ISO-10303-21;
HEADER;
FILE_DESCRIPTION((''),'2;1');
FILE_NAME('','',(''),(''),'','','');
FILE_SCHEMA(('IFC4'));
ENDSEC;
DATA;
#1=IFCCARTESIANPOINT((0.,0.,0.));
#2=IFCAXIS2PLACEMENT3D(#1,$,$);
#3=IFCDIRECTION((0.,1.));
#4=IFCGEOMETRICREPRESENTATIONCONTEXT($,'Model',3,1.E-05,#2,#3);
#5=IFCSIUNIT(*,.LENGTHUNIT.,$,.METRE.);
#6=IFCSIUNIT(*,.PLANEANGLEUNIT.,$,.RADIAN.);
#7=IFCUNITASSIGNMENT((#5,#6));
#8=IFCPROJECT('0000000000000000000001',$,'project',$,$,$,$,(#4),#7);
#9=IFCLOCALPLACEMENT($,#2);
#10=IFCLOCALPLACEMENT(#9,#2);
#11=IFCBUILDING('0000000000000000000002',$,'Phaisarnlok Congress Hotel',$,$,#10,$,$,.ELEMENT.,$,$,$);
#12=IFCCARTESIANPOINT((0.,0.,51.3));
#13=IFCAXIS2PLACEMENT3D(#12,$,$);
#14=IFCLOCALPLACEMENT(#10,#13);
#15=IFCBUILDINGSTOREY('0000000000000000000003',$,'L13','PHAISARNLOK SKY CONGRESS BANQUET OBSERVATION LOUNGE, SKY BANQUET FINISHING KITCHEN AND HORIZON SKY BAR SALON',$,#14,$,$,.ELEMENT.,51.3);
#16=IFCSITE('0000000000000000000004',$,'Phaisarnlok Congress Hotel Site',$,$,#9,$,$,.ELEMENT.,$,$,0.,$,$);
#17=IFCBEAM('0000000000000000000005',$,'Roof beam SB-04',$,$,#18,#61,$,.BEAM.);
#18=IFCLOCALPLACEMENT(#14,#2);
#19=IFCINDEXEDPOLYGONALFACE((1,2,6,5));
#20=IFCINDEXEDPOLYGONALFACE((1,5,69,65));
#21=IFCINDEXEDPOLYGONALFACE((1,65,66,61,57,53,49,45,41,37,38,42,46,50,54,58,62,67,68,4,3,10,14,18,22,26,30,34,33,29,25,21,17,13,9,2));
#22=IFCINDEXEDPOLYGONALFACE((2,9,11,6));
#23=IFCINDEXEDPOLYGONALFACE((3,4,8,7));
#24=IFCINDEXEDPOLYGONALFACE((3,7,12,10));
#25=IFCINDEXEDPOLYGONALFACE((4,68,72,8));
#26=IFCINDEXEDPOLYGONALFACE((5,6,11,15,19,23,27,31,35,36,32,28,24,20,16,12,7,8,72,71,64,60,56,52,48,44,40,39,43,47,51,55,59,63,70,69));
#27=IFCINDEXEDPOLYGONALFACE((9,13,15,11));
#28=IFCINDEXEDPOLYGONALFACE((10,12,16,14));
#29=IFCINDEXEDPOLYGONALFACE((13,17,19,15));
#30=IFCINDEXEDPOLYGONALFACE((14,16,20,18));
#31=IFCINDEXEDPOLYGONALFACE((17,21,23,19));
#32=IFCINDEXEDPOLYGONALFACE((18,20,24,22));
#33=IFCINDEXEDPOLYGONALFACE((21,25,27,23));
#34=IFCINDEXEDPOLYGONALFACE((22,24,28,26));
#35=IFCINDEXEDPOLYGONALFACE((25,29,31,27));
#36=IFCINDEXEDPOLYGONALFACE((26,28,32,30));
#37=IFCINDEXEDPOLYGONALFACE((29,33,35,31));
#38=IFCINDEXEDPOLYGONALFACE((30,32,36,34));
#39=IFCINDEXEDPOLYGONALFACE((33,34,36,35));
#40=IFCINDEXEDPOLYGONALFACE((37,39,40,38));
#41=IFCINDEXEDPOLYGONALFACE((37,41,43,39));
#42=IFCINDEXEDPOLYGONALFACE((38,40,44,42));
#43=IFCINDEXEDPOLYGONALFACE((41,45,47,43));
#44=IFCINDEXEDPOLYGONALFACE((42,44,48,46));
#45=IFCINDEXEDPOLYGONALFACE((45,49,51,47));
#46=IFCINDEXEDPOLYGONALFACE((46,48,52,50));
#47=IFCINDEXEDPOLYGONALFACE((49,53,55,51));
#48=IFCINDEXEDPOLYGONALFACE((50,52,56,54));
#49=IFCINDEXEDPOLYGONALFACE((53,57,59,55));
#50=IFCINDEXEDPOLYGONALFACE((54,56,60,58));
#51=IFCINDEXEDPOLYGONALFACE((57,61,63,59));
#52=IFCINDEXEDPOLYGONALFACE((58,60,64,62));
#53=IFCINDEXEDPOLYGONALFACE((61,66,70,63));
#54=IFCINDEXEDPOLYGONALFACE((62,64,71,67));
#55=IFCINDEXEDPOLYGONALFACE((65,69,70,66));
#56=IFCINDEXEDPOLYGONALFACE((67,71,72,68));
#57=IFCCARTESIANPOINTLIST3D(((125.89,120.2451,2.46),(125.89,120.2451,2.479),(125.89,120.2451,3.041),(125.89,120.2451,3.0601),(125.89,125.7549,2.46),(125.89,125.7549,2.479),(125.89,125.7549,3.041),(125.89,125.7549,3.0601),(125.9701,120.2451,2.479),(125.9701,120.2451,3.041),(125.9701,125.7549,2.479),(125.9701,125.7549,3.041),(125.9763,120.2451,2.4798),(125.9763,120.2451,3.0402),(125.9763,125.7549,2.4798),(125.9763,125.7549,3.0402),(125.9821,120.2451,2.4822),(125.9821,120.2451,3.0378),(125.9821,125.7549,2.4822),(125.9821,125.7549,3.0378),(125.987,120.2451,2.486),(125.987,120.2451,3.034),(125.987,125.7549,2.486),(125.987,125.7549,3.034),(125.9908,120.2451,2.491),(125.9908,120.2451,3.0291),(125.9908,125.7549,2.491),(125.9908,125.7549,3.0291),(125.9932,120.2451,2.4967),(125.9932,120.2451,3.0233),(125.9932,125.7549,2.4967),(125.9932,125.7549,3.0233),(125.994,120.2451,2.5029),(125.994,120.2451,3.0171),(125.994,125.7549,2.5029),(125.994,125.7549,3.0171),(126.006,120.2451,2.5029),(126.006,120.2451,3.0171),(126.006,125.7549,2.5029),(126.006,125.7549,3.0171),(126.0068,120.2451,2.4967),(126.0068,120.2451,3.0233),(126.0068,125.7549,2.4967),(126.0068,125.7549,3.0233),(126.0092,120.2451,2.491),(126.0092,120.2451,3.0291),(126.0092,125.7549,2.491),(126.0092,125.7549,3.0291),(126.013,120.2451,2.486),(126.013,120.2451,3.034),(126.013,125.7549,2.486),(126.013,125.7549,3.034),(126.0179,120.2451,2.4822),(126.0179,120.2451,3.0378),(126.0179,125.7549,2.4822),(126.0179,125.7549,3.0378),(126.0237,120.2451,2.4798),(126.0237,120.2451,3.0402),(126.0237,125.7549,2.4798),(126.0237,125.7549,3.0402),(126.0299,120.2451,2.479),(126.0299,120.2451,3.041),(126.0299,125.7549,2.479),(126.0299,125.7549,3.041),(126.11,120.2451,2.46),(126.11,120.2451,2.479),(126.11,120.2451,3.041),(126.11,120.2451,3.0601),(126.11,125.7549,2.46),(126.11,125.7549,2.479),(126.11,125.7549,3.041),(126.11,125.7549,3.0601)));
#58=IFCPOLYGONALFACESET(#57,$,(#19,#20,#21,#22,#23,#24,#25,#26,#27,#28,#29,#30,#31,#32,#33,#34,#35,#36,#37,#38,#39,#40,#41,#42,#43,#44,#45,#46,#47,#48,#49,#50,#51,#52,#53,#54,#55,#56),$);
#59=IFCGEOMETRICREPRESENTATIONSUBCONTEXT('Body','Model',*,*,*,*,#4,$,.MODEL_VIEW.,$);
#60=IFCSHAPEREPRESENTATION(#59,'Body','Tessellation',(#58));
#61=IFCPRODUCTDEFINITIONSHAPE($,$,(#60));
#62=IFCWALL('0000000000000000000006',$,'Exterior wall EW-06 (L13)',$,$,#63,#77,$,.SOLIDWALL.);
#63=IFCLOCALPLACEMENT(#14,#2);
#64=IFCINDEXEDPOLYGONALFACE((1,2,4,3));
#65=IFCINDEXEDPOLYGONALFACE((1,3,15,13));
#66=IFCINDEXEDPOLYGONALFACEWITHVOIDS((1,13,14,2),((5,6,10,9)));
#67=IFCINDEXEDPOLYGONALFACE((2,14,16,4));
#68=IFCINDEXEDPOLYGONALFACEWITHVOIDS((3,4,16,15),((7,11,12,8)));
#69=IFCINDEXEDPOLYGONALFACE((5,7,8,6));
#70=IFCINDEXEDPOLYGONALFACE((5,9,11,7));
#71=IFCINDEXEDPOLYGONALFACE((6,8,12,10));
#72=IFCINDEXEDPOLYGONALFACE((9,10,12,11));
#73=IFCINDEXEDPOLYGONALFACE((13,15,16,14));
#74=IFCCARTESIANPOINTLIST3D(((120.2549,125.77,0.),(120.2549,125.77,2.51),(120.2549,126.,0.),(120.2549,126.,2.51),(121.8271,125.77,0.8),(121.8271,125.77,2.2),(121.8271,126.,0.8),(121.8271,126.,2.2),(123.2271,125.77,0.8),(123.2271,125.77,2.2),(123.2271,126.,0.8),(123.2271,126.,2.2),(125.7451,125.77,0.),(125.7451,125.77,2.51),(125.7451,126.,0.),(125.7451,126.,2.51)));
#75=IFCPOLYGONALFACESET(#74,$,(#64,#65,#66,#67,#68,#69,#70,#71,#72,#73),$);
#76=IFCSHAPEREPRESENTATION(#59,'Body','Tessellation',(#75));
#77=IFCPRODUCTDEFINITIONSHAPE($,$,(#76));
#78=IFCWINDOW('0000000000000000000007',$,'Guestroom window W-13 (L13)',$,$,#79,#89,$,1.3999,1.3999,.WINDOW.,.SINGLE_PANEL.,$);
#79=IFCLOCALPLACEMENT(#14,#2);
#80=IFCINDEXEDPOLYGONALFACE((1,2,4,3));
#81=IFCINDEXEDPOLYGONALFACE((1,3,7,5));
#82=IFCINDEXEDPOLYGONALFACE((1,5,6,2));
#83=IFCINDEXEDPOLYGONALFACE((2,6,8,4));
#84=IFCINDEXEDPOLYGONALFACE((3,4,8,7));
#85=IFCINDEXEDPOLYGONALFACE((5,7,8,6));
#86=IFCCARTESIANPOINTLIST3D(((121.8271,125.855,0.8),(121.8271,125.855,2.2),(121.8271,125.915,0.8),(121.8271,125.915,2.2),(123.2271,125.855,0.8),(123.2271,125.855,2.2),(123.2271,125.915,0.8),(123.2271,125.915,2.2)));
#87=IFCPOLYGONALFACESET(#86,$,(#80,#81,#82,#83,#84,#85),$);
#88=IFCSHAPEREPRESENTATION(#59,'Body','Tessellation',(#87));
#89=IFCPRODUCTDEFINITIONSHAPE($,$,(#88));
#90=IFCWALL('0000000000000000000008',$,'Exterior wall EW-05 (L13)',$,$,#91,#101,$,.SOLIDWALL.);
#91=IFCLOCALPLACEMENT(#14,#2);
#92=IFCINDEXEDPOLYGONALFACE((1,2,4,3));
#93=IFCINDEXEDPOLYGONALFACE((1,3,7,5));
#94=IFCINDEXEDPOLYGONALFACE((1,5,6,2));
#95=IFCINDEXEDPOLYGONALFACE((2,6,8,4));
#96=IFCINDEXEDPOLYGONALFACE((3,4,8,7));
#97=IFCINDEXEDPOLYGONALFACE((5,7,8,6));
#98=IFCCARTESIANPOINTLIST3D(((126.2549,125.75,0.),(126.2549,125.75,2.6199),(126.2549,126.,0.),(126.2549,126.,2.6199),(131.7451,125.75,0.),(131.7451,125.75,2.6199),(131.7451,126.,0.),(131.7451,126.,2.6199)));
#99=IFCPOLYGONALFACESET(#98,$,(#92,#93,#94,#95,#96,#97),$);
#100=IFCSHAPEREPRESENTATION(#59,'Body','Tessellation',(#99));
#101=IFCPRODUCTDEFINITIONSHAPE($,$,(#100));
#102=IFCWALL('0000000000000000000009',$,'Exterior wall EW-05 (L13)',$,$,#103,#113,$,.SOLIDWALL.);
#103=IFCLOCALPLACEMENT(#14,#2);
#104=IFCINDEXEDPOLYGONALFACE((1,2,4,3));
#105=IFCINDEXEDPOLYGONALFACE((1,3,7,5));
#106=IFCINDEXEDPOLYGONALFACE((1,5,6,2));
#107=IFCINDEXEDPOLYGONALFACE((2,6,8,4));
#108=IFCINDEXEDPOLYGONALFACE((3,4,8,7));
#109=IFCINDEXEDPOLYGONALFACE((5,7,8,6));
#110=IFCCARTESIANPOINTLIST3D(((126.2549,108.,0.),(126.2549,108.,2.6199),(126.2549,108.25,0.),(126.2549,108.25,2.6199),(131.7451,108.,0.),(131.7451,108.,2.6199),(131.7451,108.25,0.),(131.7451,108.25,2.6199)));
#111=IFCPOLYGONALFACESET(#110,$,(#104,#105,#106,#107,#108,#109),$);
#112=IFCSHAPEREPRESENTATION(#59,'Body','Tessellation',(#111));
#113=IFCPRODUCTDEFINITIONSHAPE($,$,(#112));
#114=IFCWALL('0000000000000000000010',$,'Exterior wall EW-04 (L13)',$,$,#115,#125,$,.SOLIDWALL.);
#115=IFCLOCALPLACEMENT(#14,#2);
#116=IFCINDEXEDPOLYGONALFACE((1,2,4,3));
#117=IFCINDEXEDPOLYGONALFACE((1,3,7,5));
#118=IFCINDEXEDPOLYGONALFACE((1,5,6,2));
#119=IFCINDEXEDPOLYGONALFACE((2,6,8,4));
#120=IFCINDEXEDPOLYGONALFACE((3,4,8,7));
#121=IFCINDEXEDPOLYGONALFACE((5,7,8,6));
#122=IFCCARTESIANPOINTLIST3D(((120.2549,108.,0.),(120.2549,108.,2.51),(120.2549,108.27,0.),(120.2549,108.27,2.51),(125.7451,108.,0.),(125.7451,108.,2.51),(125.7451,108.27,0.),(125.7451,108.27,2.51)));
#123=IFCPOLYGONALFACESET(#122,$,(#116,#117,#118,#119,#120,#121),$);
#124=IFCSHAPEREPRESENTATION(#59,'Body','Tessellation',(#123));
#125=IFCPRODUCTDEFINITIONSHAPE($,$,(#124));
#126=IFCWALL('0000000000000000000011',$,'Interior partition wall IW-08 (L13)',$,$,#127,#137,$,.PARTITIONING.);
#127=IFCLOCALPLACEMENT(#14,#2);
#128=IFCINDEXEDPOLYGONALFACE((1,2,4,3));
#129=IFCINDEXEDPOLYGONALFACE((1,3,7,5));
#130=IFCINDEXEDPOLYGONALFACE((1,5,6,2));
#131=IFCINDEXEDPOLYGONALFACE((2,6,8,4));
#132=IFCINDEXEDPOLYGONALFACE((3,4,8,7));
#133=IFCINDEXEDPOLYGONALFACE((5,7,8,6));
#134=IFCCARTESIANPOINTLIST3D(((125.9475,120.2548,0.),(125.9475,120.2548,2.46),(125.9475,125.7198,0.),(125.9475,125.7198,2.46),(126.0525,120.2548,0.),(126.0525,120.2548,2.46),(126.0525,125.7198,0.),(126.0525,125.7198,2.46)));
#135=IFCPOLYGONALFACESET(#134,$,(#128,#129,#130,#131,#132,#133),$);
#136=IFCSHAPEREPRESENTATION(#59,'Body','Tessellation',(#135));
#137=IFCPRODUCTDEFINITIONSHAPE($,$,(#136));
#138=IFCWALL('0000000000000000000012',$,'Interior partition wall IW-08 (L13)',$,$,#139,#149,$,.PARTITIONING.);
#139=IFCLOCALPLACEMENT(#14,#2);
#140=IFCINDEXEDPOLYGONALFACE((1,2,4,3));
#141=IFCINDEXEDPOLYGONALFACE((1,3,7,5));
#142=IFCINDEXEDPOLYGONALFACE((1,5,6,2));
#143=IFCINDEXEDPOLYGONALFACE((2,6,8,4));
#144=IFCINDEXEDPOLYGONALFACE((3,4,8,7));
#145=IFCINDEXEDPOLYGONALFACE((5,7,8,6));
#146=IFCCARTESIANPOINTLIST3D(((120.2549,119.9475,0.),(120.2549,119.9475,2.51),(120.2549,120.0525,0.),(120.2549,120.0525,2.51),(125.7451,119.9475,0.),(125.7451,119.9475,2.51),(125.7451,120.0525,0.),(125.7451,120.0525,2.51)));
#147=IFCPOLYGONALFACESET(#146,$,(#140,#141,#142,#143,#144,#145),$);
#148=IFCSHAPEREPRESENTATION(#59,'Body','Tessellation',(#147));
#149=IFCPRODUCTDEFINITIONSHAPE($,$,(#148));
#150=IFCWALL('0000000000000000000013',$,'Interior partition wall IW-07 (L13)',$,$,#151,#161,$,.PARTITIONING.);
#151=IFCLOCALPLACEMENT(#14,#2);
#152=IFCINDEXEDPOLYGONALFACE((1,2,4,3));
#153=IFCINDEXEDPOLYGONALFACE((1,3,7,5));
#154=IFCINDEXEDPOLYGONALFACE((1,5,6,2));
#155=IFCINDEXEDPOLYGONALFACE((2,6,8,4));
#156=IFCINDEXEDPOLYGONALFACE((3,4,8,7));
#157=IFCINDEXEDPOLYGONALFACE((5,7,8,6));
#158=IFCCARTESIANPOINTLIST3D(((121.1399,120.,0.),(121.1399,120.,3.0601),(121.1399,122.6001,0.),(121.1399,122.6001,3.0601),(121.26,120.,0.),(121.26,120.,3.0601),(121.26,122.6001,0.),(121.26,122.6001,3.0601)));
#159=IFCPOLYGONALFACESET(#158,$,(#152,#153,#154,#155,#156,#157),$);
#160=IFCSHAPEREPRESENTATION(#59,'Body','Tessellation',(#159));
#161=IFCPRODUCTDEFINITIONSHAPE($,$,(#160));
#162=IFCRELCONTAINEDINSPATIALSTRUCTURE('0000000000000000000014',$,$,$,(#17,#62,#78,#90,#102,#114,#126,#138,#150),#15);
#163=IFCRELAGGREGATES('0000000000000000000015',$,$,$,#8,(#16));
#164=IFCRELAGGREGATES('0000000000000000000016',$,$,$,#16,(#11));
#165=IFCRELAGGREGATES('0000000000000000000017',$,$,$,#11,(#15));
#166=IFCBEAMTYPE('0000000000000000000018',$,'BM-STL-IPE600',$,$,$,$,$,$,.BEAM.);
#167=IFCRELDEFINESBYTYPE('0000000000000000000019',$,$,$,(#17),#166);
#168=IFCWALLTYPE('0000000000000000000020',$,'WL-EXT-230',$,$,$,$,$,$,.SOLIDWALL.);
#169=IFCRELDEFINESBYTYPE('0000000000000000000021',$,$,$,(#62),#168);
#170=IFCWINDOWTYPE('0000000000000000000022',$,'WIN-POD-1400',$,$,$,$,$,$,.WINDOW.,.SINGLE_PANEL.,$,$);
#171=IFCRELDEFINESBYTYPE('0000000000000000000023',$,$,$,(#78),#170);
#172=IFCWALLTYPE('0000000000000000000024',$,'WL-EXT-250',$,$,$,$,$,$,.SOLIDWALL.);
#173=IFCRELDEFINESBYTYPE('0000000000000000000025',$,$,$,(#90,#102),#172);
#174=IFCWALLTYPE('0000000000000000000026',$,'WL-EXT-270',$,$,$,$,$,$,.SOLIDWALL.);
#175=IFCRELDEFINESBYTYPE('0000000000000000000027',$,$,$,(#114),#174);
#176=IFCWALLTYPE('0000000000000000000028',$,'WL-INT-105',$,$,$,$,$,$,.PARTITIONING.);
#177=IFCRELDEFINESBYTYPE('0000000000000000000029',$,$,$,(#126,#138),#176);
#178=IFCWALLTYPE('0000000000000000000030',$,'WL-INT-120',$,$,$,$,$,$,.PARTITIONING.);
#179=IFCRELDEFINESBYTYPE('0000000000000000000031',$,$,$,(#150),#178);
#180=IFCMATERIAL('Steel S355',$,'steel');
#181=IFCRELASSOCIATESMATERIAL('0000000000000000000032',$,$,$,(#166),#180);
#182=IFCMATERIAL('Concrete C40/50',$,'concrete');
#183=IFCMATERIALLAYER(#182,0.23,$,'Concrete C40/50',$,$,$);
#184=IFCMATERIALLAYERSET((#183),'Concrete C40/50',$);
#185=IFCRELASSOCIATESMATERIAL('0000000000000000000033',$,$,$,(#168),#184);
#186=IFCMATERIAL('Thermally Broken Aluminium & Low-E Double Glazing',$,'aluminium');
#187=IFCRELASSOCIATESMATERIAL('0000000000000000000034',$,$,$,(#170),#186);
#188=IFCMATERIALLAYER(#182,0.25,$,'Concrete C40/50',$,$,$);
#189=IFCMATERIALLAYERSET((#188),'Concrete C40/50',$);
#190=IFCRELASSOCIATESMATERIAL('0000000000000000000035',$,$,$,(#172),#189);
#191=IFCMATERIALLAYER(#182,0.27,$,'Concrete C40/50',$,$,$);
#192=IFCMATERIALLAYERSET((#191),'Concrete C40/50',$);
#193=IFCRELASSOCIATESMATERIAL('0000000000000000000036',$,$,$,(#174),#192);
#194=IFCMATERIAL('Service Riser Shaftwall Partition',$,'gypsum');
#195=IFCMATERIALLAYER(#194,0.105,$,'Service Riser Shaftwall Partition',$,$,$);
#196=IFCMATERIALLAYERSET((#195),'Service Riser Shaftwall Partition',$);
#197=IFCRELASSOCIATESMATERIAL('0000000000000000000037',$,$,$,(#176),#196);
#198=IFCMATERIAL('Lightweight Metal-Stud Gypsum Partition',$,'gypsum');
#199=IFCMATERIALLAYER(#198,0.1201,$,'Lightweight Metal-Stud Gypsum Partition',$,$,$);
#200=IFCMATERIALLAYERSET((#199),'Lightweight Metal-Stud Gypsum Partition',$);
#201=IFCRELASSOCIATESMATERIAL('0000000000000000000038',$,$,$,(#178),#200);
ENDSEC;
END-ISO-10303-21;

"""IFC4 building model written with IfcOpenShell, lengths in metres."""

from ifc_helpers import new_model, si_unit, direction, frame, frame_2d, origin, origin_2d, place, context, subcontext, project, spatial, rectangle, i_section, extrude, material, layer, layer_set, material_profile, profile_set, type_object, element, fill, save


model = new_model("IFC4")

# Units and contexts
model_context = context("Model", 3, precision=1e-05, world=origin(), true_north=direction((0.0, 1.0)))
body_context = subcontext(model_context, "Body", "Model", "MODEL_VIEW")
ifc_project = project(units=[si_unit("LENGTHUNIT", "METRE"), si_unit("PLANEANGLEUNIT", "RADIAN")], contexts=[model_context])

# Site, building, storey
site_placement = place(None, origin())
site = spatial("IfcSite", under=ifc_project, at=site_placement, Name="Phaisarnlok Congress Hotel Site", CompositionType="ELEMENT", RefElevation=0.0)
building_placement = place(site_placement, origin())
building = spatial("IfcBuilding", under=site, at=building_placement, Name="Phaisarnlok Congress Hotel", CompositionType="ELEMENT")
storey_placement = place(building_placement, frame((0.0, 0.0, 51.3)))
storey = spatial("IfcBuildingStorey", under=building, at=storey_placement, Name="L13", Description="PHAISARNLOK SKY CONGRESS BANQUET OBSERVATION LOUNGE, SKY BANQUET FINISHING KITCHEN AND HORIZON SKY BAR SALON", CompositionType="ELEMENT", Elevation=51.3)

# Beam
ifc_material_1 = material(Name="Steel S355", Category="steel")
ifc_material_profile_1 = material_profile(ifc_material_1, i_section(OverallWidth=0.22, OverallDepth=0.6001, WebThickness=0.012, FlangeThickness=0.019, FilletRadius=0.0239, at=origin_2d()), Name="IPE 600")
ifc_profile_set_1 = profile_set([ifc_material_profile_1], Name="Steel S355")
beam_type_1 = type_object("IfcBeamType", Name="BM-STL-IPE600", PredefinedType="BEAM", material=ifc_profile_set_1)
for number, where, z_axis, x_axis, name in (
    (1, (126.0, 120.2451, 2.76), (0.0, 1.0, 0.0), (-1.0, 0.0, 0.0), "Roof beam SB-04"),
):
    element("IfcBeam", number, at=place(storey_placement, frame(where, z_axis=z_axis, x_axis=x_axis)), inside=storey, type_object=beam_type_1, Name=name, PredefinedType="BEAM", context=body_context, shape_type="SweptSolid", body=[
        extrude(i_section(OverallWidth=0.22, OverallDepth=0.6001, WebThickness=0.012, FlangeThickness=0.019, FilletRadius=0.0239, at=origin_2d()), origin(), (0.0, 0.0, 1.0), 5.5098),
    ])

# Wall, opening, window
ifc_material_2 = material(Name="Concrete C40/50", Category="concrete")
ifc_layer_1 = layer(ifc_material_2, 0.23, Name="Concrete C40/50")
ifc_layer_set_1 = layer_set([ifc_layer_1], Name="Concrete C40/50")
wall_type_1 = type_object("IfcWallType", Name="WL-EXT-230", PredefinedType="SOLIDWALL", material=ifc_layer_set_1)
wall_1_placement = place(storey_placement, frame((125.7451, 125.885, 0.0), z_axis=(0.0, 0.0, 1.0), x_axis=(-1.0, 0.0, 0.0)))
wall_1 = element("IfcWall", 2, at=wall_1_placement, inside=storey, type_object=wall_type_1, Name="Exterior wall EW-06 (L13)", PredefinedType="SOLIDWALL", context=body_context, shape_type="SweptSolid", body=[
    extrude(rectangle(XDim=5.4902, YDim=0.23, at=frame_2d((2.7451, 0.0))), origin(), (0.0, 0.0, 1.0), 2.51),
])
opening_1_placement = place(wall_1_placement, frame((2.5181, 0.0, 0.8)))
opening_1 = element("IfcOpeningElement", 3, at=opening_1_placement, cuts=wall_1, PredefinedType="OPENING", context=body_context, shape_type="SweptSolid", body=[
    extrude(rectangle(XDim=1.3999, YDim=1.3999, at=frame_2d((0.7, 0.7))), frame((0.0, 0.125, 0.0), z_axis=(0.0, -1.0, 0.0), x_axis=(1.0, 0.0, 0.0)), (0.0, 0.0, 1.0), 0.25),
])
ifc_material_3 = material(Name="Thermally Broken Aluminium & Low-E Double Glazing", Category="aluminium")
window_type = type_object("IfcWindowType", Name="WIN-POD-1400", PartitioningType="SINGLE_PANEL", PredefinedType="WINDOW", material=ifc_material_3)
window_placement = place(opening_1_placement, origin())
window = element("IfcWindow", 4, at=window_placement, inside=storey, type_object=window_type, Name="Guestroom window W-13 (L13)", OverallHeight=1.3999, OverallWidth=1.3999, PartitioningType="SINGLE_PANEL", PredefinedType="WINDOW", context=body_context, shape_type="SweptSolid", body=[
    extrude(rectangle(XDim=1.3999, YDim=1.3999, at=frame_2d((0.7, 0.7))), frame((0.0, 0.03, 0.0), z_axis=(0.0, -1.0, 0.0), x_axis=(1.0, 0.0, 0.0)), (0.0, 0.0, 1.0), 0.0601),
])
fill(opening_1, window)

# Walls
ifc_layer_2 = layer(ifc_material_2, 0.25, Name="Concrete C40/50")
ifc_layer_set_2 = layer_set([ifc_layer_2], Name="Concrete C40/50")
wall_type_2 = type_object("IfcWallType", Name="WL-EXT-250", PredefinedType="SOLIDWALL", material=ifc_layer_set_2)
for number, where, z_axis, x_axis, name in (
    (5, (131.7451, 125.875, 0.0), (0.0, 0.0, 1.0), (-1.0, 0.0, 0.0), "Exterior wall EW-05 (L13)"),
    (6, (126.2549, 108.125, 0.0), (0.0, 0.0, 1.0), (1.0, 0.0, 0.0), "Exterior wall EW-05 (L13)"),
):
    element("IfcWall", number, at=place(storey_placement, frame(where, z_axis=z_axis, x_axis=x_axis)), inside=storey, type_object=wall_type_2, Name=name, PredefinedType="SOLIDWALL", context=body_context, shape_type="SweptSolid", body=[
        extrude(rectangle(XDim=5.4902, YDim=0.25, at=frame_2d((2.7451, 0.0))), origin(), (0.0, 0.0, 1.0), 2.6199),
    ])
ifc_layer_3 = layer(ifc_material_2, 0.27, Name="Concrete C40/50")
ifc_layer_set_3 = layer_set([ifc_layer_3], Name="Concrete C40/50")
wall_type_3 = type_object("IfcWallType", Name="WL-EXT-270", PredefinedType="SOLIDWALL", material=ifc_layer_set_3)
wall_2_placement = place(storey_placement, frame((120.2549, 108.135, 0.0), z_axis=(0.0, 0.0, 1.0), x_axis=(1.0, 0.0, 0.0)))
element("IfcWall", 7, at=wall_2_placement, inside=storey, type_object=wall_type_3, Name="Exterior wall EW-04 (L13)", PredefinedType="SOLIDWALL", context=body_context, shape_type="SweptSolid", body=[
    extrude(rectangle(XDim=5.4902, YDim=0.27, at=frame_2d((2.7451, 0.0))), origin(), (0.0, 0.0, 1.0), 2.51),
])
ifc_material_4 = material(Name="Service Riser Shaftwall Partition", Category="gypsum")
ifc_layer_4 = layer(ifc_material_4, 0.105, Name="Service Riser Shaftwall Partition")
ifc_layer_set_4 = layer_set([ifc_layer_4], Name="Service Riser Shaftwall Partition")
wall_type_4 = type_object("IfcWallType", Name="WL-INT-105", PredefinedType="PARTITIONING", material=ifc_layer_set_4)
wall_3_placement = place(storey_placement, frame((126.0, 120.2549, 0.0), z_axis=(0.0, 0.0, 1.0), x_axis=(0.0, 1.0, 0.0)))
element("IfcWall", 8, at=wall_3_placement, inside=storey, type_object=wall_type_4, Name="Interior partition wall IW-08 (L13)", PredefinedType="PARTITIONING", context=body_context, shape_type="SweptSolid", body=[
    extrude(rectangle(XDim=5.4651, YDim=0.105, at=frame_2d((2.7324, 0.0))), origin(), (0.0, 0.0, 1.0), 2.46),
])
wall_4_placement = place(storey_placement, frame((120.2549, 120.0, 0.0), z_axis=(0.0, 0.0, 1.0), x_axis=(1.0, 0.0, 0.0)))
element("IfcWall", 9, at=wall_4_placement, inside=storey, type_object=wall_type_4, Name="Interior partition wall IW-08 (L13)", PredefinedType="PARTITIONING", context=body_context, shape_type="SweptSolid", body=[
    extrude(rectangle(XDim=5.4902, YDim=0.105, at=frame_2d((2.7451, 0.0))), origin(), (0.0, 0.0, 1.0), 2.51),
])
ifc_material_5 = material(Name="Lightweight Metal-Stud Gypsum Partition", Category="gypsum")
ifc_layer_5 = layer(ifc_material_5, 0.1201, Name="Lightweight Metal-Stud Gypsum Partition")
ifc_layer_set_5 = layer_set([ifc_layer_5], Name="Lightweight Metal-Stud Gypsum Partition")
wall_type_5 = type_object("IfcWallType", Name="WL-INT-120", PredefinedType="PARTITIONING", material=ifc_layer_set_5)
wall_5_placement = place(storey_placement, frame((121.2, 120.0, 0.0), z_axis=(0.0, 0.0, 1.0), x_axis=(0.0, 1.0, 0.0)))
element("IfcWall", 10, at=wall_5_placement, inside=storey, type_object=wall_type_5, Name="Interior partition wall IW-07 (L13)", PredefinedType="PARTITIONING", context=body_context, shape_type="SweptSolid", body=[
    extrude(rectangle(XDim=2.6001, YDim=0.1201, at=frame_2d((1.3, 0.0))), origin(), (0.0, 0.0, 1.0), 3.0601),
])

save(model, "model.ifc")
